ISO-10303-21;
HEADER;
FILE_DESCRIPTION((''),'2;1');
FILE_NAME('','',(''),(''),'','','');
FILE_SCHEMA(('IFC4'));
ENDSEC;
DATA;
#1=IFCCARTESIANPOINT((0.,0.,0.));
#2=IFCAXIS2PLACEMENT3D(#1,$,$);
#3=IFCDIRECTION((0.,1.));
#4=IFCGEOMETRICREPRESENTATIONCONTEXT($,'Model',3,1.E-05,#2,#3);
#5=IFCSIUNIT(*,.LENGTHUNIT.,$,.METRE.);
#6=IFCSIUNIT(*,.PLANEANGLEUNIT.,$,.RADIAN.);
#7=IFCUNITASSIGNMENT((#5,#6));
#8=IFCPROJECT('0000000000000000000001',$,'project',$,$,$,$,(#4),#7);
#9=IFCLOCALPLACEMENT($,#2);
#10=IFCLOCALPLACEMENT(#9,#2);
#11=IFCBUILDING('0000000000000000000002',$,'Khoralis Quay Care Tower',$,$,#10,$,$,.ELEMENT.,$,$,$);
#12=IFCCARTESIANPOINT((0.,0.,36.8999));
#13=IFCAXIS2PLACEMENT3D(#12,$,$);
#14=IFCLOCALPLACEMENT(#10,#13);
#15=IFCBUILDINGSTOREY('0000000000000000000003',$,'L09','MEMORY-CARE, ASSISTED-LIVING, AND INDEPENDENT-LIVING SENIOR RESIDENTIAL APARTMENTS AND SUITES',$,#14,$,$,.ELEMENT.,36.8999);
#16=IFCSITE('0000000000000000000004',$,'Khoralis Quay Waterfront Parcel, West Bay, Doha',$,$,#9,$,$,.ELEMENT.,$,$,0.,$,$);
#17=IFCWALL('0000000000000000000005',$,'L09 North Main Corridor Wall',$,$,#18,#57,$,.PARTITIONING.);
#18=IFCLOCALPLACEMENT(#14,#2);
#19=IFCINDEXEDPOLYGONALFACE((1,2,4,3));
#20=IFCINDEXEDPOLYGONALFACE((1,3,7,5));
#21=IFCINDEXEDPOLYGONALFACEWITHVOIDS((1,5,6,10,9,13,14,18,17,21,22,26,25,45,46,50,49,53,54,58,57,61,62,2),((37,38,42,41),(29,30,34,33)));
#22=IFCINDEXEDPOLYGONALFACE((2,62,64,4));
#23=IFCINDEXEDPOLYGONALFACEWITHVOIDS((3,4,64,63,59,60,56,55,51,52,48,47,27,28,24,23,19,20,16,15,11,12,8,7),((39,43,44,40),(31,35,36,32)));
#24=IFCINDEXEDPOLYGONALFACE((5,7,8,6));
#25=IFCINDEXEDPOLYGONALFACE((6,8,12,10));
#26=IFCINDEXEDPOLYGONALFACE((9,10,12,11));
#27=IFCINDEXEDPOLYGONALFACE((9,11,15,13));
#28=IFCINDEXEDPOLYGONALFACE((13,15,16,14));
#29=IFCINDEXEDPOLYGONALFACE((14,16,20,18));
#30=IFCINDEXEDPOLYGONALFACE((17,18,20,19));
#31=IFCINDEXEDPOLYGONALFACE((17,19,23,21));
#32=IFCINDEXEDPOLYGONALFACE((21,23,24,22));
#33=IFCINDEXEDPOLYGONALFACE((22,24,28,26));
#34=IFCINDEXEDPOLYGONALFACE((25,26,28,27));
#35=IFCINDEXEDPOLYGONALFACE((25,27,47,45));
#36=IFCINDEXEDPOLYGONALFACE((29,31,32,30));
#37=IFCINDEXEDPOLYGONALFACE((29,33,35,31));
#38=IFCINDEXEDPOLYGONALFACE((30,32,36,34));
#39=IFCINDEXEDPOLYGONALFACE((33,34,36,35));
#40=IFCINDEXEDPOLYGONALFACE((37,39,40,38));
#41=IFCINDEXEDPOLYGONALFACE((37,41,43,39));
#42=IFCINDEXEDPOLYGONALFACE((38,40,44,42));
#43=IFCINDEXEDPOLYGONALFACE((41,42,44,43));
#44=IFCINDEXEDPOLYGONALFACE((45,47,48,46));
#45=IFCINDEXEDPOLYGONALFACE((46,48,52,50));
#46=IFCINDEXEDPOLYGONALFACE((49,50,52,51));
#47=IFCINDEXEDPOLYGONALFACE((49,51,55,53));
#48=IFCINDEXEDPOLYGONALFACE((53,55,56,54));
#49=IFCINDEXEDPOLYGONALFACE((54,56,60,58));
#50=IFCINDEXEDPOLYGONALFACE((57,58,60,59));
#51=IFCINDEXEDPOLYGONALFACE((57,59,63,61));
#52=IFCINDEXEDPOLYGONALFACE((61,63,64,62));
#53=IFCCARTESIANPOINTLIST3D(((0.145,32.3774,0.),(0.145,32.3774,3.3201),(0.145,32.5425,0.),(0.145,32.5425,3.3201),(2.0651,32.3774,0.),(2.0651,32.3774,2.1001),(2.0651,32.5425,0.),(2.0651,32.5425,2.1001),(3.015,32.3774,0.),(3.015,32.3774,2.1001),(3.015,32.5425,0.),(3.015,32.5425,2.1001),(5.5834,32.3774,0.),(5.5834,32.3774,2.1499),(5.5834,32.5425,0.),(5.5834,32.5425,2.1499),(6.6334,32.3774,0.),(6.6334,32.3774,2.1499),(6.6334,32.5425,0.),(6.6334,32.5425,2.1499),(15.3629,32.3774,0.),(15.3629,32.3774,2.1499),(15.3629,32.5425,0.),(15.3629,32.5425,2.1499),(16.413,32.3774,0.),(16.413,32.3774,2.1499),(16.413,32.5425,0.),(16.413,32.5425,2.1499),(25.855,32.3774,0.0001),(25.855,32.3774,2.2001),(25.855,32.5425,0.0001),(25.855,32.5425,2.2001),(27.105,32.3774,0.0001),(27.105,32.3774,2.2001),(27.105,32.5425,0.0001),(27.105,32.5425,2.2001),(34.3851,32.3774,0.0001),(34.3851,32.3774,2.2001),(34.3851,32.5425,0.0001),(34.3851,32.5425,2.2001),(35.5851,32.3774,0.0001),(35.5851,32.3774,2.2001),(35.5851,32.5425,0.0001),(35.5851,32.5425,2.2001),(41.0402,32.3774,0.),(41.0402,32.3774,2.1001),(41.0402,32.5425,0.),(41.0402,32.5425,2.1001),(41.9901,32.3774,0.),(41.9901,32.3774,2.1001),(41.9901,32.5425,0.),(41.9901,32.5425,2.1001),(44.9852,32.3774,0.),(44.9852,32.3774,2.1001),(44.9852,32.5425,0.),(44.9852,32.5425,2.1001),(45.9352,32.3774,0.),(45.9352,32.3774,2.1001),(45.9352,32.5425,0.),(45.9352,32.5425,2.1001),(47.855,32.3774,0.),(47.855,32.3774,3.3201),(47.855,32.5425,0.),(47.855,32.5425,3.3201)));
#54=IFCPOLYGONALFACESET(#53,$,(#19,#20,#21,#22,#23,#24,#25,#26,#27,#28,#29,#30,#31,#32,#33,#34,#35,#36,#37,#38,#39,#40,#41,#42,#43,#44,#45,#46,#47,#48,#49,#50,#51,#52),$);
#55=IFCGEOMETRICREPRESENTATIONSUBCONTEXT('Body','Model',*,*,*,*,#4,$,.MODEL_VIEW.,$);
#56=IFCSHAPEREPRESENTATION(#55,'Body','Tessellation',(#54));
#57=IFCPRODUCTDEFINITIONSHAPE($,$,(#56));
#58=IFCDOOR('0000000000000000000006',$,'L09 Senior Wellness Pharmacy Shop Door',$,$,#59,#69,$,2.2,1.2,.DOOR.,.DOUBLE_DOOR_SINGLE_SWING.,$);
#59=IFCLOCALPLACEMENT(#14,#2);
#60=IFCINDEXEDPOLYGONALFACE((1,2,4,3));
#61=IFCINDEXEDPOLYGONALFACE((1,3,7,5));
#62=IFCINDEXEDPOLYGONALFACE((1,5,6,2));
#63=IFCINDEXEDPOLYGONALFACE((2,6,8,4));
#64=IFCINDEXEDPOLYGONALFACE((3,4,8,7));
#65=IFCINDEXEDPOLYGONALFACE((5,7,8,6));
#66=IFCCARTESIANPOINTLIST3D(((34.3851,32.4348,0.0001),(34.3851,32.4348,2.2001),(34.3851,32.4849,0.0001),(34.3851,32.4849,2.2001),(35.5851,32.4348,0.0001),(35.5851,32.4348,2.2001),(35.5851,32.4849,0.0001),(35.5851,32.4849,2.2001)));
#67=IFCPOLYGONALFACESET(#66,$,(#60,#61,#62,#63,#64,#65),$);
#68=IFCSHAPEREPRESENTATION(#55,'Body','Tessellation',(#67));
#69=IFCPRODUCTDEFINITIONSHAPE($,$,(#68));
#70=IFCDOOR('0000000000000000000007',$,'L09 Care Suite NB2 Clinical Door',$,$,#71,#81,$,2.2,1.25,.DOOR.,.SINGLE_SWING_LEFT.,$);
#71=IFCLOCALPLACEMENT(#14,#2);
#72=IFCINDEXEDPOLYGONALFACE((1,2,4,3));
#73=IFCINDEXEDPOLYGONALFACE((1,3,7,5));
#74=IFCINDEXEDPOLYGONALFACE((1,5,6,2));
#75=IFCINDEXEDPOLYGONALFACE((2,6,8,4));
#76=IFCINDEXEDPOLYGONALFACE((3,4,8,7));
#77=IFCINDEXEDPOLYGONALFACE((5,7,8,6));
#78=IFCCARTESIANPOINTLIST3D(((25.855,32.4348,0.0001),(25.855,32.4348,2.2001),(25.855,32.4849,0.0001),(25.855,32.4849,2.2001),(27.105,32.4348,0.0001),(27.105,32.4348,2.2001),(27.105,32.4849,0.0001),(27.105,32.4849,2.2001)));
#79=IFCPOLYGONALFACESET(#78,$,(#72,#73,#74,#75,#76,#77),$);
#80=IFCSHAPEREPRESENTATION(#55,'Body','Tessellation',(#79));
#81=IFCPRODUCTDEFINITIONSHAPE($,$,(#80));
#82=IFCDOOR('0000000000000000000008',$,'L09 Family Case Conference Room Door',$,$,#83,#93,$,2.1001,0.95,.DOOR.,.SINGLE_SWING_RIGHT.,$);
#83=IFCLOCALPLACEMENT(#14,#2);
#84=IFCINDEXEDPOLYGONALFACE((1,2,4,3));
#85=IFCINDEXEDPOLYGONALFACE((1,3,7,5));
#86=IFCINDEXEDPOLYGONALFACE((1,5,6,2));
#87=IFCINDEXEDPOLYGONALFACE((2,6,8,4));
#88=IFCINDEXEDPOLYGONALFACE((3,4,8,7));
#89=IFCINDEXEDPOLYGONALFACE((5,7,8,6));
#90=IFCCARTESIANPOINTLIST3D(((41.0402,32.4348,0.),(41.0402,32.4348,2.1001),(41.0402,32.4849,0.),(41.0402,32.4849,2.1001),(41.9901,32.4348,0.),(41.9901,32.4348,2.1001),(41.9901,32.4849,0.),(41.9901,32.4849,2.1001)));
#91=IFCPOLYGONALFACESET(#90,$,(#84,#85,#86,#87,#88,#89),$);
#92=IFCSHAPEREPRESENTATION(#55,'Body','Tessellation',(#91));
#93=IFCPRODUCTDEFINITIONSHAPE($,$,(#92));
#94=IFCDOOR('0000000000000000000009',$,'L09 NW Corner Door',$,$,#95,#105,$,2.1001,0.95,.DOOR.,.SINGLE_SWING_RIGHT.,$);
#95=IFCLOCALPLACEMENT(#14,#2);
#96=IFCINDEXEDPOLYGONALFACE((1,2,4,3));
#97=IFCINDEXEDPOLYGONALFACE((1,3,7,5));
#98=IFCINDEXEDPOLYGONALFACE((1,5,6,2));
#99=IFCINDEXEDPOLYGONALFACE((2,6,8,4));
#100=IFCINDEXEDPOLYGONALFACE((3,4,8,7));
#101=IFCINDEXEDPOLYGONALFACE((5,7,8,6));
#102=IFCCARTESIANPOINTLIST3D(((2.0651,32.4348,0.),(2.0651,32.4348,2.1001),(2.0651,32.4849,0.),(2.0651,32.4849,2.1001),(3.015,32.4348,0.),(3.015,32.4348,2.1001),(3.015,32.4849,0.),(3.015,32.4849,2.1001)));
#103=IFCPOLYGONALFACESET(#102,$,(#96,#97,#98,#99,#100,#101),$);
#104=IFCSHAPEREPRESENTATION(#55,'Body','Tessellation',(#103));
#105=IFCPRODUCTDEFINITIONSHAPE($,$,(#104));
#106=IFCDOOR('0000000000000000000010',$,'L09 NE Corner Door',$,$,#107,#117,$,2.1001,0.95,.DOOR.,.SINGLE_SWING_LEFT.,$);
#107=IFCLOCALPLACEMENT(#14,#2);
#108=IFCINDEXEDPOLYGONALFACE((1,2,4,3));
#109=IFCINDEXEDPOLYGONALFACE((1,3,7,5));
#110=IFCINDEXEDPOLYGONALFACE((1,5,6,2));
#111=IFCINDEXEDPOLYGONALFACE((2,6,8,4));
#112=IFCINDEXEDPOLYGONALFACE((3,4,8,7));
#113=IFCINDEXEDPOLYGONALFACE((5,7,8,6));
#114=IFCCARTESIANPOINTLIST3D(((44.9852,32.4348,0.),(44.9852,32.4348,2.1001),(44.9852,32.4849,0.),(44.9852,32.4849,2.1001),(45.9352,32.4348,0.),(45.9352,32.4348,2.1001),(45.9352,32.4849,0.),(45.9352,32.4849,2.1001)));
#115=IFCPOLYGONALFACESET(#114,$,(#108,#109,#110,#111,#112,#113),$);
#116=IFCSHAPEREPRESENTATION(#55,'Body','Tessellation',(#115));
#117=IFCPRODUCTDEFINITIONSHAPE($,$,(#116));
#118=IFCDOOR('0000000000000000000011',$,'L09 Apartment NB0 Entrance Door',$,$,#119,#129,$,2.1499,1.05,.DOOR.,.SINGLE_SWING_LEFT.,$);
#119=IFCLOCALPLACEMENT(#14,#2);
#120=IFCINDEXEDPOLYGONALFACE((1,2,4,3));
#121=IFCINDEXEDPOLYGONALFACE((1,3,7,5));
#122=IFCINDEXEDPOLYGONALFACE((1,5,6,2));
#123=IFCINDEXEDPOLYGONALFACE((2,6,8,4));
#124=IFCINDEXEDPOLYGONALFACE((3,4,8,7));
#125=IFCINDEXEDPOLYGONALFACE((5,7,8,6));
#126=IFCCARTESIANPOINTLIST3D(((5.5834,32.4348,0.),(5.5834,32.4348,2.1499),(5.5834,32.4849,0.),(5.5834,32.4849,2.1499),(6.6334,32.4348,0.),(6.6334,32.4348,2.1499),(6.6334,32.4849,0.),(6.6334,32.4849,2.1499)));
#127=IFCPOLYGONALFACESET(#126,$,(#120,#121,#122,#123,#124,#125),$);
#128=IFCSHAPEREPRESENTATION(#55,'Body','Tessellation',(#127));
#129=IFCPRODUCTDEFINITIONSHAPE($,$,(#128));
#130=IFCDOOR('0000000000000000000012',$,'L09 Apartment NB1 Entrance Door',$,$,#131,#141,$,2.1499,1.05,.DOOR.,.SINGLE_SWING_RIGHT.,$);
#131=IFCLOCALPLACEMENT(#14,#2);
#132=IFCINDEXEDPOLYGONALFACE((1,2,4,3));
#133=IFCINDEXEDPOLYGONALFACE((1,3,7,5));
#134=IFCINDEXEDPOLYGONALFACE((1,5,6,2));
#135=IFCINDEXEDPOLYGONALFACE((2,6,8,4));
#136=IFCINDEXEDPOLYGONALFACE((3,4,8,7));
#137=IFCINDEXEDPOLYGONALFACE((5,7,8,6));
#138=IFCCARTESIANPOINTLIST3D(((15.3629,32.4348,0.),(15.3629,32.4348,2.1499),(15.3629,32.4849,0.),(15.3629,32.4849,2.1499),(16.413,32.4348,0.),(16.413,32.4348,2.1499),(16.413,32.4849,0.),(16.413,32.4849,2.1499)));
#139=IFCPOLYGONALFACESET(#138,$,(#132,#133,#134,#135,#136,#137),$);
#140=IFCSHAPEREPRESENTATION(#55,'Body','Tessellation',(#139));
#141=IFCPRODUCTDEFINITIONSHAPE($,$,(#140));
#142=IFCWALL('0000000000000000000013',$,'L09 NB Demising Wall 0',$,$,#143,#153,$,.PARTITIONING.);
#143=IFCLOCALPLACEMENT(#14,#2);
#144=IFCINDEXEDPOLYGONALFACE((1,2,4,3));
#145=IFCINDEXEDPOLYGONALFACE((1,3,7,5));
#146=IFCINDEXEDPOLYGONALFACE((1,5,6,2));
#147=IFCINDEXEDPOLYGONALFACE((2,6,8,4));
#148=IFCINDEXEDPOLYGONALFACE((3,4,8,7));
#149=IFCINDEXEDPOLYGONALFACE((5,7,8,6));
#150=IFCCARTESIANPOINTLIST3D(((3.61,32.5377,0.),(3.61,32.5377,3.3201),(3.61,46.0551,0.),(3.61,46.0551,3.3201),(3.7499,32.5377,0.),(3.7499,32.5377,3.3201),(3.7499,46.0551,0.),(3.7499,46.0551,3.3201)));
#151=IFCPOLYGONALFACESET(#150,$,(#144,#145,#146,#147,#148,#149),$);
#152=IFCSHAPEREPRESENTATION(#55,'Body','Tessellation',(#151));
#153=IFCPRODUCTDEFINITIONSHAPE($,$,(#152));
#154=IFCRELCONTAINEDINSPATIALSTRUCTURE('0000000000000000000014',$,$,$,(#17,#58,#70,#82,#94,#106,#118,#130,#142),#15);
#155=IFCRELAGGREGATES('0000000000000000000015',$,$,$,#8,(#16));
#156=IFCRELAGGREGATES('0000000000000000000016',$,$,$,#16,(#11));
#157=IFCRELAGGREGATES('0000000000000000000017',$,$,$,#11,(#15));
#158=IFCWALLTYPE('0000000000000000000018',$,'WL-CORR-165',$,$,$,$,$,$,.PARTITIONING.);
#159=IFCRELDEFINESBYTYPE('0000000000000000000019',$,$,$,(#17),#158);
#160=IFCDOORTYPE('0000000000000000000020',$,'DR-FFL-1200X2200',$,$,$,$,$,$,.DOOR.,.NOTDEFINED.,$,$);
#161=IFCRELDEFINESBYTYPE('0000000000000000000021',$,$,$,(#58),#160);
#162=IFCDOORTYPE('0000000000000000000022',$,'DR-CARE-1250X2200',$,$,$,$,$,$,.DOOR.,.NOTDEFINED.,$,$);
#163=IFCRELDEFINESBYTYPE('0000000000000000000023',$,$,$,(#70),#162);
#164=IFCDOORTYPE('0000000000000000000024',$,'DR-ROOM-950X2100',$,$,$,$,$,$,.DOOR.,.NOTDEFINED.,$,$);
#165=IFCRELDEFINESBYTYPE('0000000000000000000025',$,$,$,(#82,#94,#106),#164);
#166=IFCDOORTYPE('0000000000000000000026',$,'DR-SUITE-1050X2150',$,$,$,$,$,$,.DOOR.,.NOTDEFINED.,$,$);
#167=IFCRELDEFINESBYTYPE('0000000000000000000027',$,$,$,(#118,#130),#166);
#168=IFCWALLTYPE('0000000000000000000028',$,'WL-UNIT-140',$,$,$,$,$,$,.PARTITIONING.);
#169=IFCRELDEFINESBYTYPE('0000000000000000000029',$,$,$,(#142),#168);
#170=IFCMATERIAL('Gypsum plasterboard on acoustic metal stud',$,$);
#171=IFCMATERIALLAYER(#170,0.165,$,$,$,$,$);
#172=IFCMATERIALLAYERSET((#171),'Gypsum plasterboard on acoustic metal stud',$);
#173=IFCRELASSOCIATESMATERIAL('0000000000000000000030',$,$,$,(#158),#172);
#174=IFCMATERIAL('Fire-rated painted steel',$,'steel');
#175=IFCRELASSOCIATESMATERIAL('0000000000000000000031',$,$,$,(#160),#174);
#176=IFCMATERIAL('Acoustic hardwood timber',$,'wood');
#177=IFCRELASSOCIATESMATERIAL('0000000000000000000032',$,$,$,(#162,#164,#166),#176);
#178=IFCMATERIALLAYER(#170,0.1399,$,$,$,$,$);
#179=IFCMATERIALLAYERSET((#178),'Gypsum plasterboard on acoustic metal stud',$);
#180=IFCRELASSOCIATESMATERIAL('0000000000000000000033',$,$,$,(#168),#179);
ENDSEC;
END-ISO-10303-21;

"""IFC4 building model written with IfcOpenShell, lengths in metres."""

from ifc_helpers import new_model, si_unit, direction, frame, frame_2d, origin, place, context, subcontext, project, spatial, rectangle, extrude, source, transform, mapped, material, layer, layer_set, type_object, element, fill, save


model = new_model("IFC4")

# Units and contexts
model_context = context("Model", 3, precision=1e-05, world=origin(), true_north=direction((0.0, 1.0)))
body_context = subcontext(model_context, "Body", "Model", "MODEL_VIEW")
ifc_project = project(units=[si_unit("LENGTHUNIT", "METRE"), si_unit("PLANEANGLEUNIT", "RADIAN")], contexts=[model_context])

# Site, building, storey
site_placement = place(None, origin())
site = spatial("IfcSite", under=ifc_project, at=site_placement, Name="Khoralis Quay Waterfront Parcel, West Bay, Doha", CompositionType="ELEMENT", RefElevation=0.0)
building_placement = place(site_placement, origin())
building = spatial("IfcBuilding", under=site, at=building_placement, Name="Khoralis Quay Care Tower", CompositionType="ELEMENT")
storey_placement = place(building_placement, frame((0.0, 0.0, 36.8999)))
storey = spatial("IfcBuildingStorey", under=building, at=storey_placement, Name="L09", Description="MEMORY-CARE, ASSISTED-LIVING, AND INDEPENDENT-LIVING SENIOR RESIDENTIAL APARTMENTS AND SUITES", CompositionType="ELEMENT", Elevation=36.8999)

# Wall, openings, doors
ifc_material_1 = material(Name="Gypsum plasterboard on acoustic metal stud")
ifc_layer_1 = layer(ifc_material_1, 0.165)
ifc_layer_set_1 = layer_set([ifc_layer_1], Name="Gypsum plasterboard on acoustic metal stud")
wall_type_1 = type_object("IfcWallType", Name="WL-CORR-165", PredefinedType="PARTITIONING", material=ifc_layer_set_1)
wall_1_placement = place(storey_placement, frame((0.145, 32.46, 0.0), z_axis=(0.0, 0.0, 1.0), x_axis=(1.0, 0.0, 0.0)))
wall_1 = element("IfcWall", 1, at=wall_1_placement, inside=storey, type_object=wall_type_1, Name="L09 North Main Corridor Wall", PredefinedType="PARTITIONING", context=body_context, shape_type="SweptSolid", body=[
    extrude(rectangle(XDim=47.71, YDim=0.165, at=frame_2d((23.855, 0.0))), origin(), (0.0, 0.0, 1.0), 3.3201),
])
opening_1_placement = place(wall_1_placement, frame((5.4385, 0.0, 0.0)))
opening_1 = element("IfcOpeningElement", 2, at=opening_1_placement, cuts=wall_1, PredefinedType="OPENING", context=body_context, shape_type="SweptSolid", body=[
    extrude(rectangle(XDim=1.05, YDim=2.1499, at=frame_2d((0.5249, 1.075))), frame((0.0, 0.0925, 0.0), z_axis=(0.0, -1.0, 0.0), x_axis=(1.0, 0.0, 0.0)), (0.0, 0.0, 1.0), 0.1851),
])
opening_2_placement = place(wall_1_placement, frame((15.218, 0.0, 0.0)))
opening_2 = element("IfcOpeningElement", 3, at=opening_2_placement, cuts=wall_1, PredefinedType="OPENING", context=body_context, shape_type="SweptSolid", body=[
    extrude(rectangle(XDim=1.05, YDim=2.1499, at=frame_2d((0.5249, 1.075))), frame((0.0, 0.0925, 0.0), z_axis=(0.0, -1.0, 0.0), x_axis=(1.0, 0.0, 0.0)), (0.0, 0.0, 1.0), 0.1851),
])
opening_3_placement = place(wall_1_placement, frame((25.71, 0.0, 0.0)))
opening_3 = element("IfcOpeningElement", 4, at=opening_3_placement, cuts=wall_1, PredefinedType="OPENING", context=body_context, shape_type="SweptSolid", body=[
    extrude(rectangle(XDim=1.25, YDim=2.2, at=frame_2d((0.625, 1.1001))), frame((0.0, 0.0925, 0.0), z_axis=(0.0, -1.0, 0.0), x_axis=(1.0, 0.0, 0.0)), (0.0, 0.0, 1.0), 0.1851),
])
opening_4_placement = place(wall_1_placement, frame((34.24, 0.0, 0.0)))
opening_4 = element("IfcOpeningElement", 5, at=opening_4_placement, cuts=wall_1, PredefinedType="OPENING", context=body_context, shape_type="SweptSolid", body=[
    extrude(rectangle(XDim=1.2, YDim=2.2, at=frame_2d((0.6001, 1.1001))), frame((0.0, 0.0925, 0.0), z_axis=(0.0, -1.0, 0.0), x_axis=(1.0, 0.0, 0.0)), (0.0, 0.0, 1.0), 0.1851),
])
opening_5_placement = place(wall_1_placement, frame((40.895, 0.0, 0.0)))
opening_5 = element("IfcOpeningElement", 6, at=opening_5_placement, cuts=wall_1, PredefinedType="OPENING", context=body_context, shape_type="SweptSolid", body=[
    extrude(rectangle(XDim=0.95, YDim=2.1001, at=frame_2d((0.4751, 1.05))), frame((0.0, 0.0925, 0.0), z_axis=(0.0, -1.0, 0.0), x_axis=(1.0, 0.0, 0.0)), (0.0, 0.0, 1.0), 0.1851),
])
opening_6_placement = place(wall_1_placement, frame((1.9199, 0.0, 0.0)))
opening_6 = element("IfcOpeningElement", 7, at=opening_6_placement, cuts=wall_1, PredefinedType="OPENING", context=body_context, shape_type="SweptSolid", body=[
    extrude(rectangle(XDim=0.95, YDim=2.1001, at=frame_2d((0.4751, 1.05))), frame((0.0, 0.0925, 0.0), z_axis=(0.0, -1.0, 0.0), x_axis=(1.0, 0.0, 0.0)), (0.0, 0.0, 1.0), 0.1851),
])
opening_7_placement = place(wall_1_placement, frame((44.8401, 0.0, 0.0)))
opening_7 = element("IfcOpeningElement", 8, at=opening_7_placement, cuts=wall_1, PredefinedType="OPENING", context=body_context, shape_type="SweptSolid", body=[
    extrude(rectangle(XDim=0.95, YDim=2.1001, at=frame_2d((0.4751, 1.05))), frame((0.0, 0.0925, 0.0), z_axis=(0.0, -1.0, 0.0), x_axis=(1.0, 0.0, 0.0)), (0.0, 0.0, 1.0), 0.1851),
])
ifc_material_2 = material(Name="Fire-rated painted steel", Category="steel")
door_type_1 = type_object("IfcDoorType", Name="DR-FFL-1200X2200", OperationType="NOTDEFINED", PredefinedType="DOOR", material=ifc_material_2)
shared_shape_1 = source(origin(), body_context, "Body", "SweptSolid", [
    extrude(rectangle(XDim=1.2, YDim=2.2, at=frame_2d((0.6001, 1.1001))), frame((0.0, 0.0249, 0.0), z_axis=(0.0, -1.0, 0.0), x_axis=(1.0, 0.0, 0.0)), (0.0, 0.0, 1.0), 0.05),
])
door_1_placement = place(opening_4_placement, origin())
door_1 = element("IfcDoor", 9, at=door_1_placement, inside=storey, type_object=door_type_1, Name="L09 Senior Wellness Pharmacy Shop Door", OperationType="DOUBLE_DOOR_SINGLE_SWING", OverallHeight=2.2, OverallWidth=1.2, PredefinedType="DOOR", context=body_context, shape_type="MappedRepresentation", body=[
    mapped(shared_shape_1, transform((0.0, 0.0, 0.0), scale=1.0)),
])
fill(opening_4, door_1)
ifc_material_3 = material(Name="Acoustic hardwood timber", Category="wood")
door_type_2 = type_object("IfcDoorType", Name="DR-CARE-1250X2200", OperationType="NOTDEFINED", PredefinedType="DOOR", material=ifc_material_3)
shared_shape_2 = source(origin(), body_context, "Body", "SweptSolid", [
    extrude(rectangle(XDim=1.25, YDim=2.2, at=frame_2d((0.625, 1.1001))), frame((0.0, 0.0249, 0.0), z_axis=(0.0, -1.0, 0.0), x_axis=(1.0, 0.0, 0.0)), (0.0, 0.0, 1.0), 0.05),
])
door_2_placement = place(opening_3_placement, origin())
door_2 = element("IfcDoor", 10, at=door_2_placement, inside=storey, type_object=door_type_2, Name="L09 Care Suite NB2 Clinical Door", OperationType="SINGLE_SWING_LEFT", OverallHeight=2.2, OverallWidth=1.25, PredefinedType="DOOR", context=body_context, shape_type="MappedRepresentation", body=[
    mapped(shared_shape_2, transform((0.0, 0.0, 0.0), scale=1.0)),
])
fill(opening_3, door_2)
door_type_3 = type_object("IfcDoorType", Name="DR-ROOM-950X2100", OperationType="NOTDEFINED", PredefinedType="DOOR", material=ifc_material_3)
shared_shape_3 = source(origin(), body_context, "Body", "SweptSolid", [
    extrude(rectangle(XDim=0.95, YDim=2.1001, at=frame_2d((0.4751, 1.05))), frame((0.0, 0.0249, 0.0), z_axis=(0.0, -1.0, 0.0), x_axis=(1.0, 0.0, 0.0)), (0.0, 0.0, 1.0), 0.05),
])
door_3_placement = place(opening_5_placement, origin())
door_3 = element("IfcDoor", 11, at=door_3_placement, inside=storey, type_object=door_type_3, Name="L09 Family Case Conference Room Door", OperationType="SINGLE_SWING_RIGHT", OverallHeight=2.1001, OverallWidth=0.95, PredefinedType="DOOR", context=body_context, shape_type="MappedRepresentation", body=[
    mapped(shared_shape_3, transform((0.0, 0.0, 0.0), scale=1.0)),
])
fill(opening_5, door_3)
door_4_placement = place(opening_6_placement, origin())
door_4 = element("IfcDoor", 12, at=door_4_placement, inside=storey, type_object=door_type_3, Name="L09 NW Corner Door", OperationType="SINGLE_SWING_RIGHT", OverallHeight=2.1001, OverallWidth=0.95, PredefinedType="DOOR", context=body_context, shape_type="MappedRepresentation", body=[
    mapped(shared_shape_3, transform((0.0, 0.0, 0.0), scale=1.0)),
])
fill(opening_6, door_4)
door_5_placement = place(opening_7_placement, origin())
door_5 = element("IfcDoor", 13, at=door_5_placement, inside=storey, type_object=door_type_3, Name="L09 NE Corner Door", OperationType="SINGLE_SWING_LEFT", OverallHeight=2.1001, OverallWidth=0.95, PredefinedType="DOOR", context=body_context, shape_type="MappedRepresentation", body=[
    mapped(shared_shape_3, transform((0.0, 0.0, 0.0), scale=1.0)),
])
fill(opening_7, door_5)
door_type_4 = type_object("IfcDoorType", Name="DR-SUITE-1050X2150", OperationType="NOTDEFINED", PredefinedType="DOOR", material=ifc_material_3)
shared_shape_4 = source(origin(), body_context, "Body", "SweptSolid", [
    extrude(rectangle(XDim=1.05, YDim=2.1499, at=frame_2d((0.5249, 1.075))), frame((0.0, 0.0249, 0.0), z_axis=(0.0, -1.0, 0.0), x_axis=(1.0, 0.0, 0.0)), (0.0, 0.0, 1.0), 0.05),
])
door_6_placement = place(opening_1_placement, origin())
door_6 = element("IfcDoor", 14, at=door_6_placement, inside=storey, type_object=door_type_4, Name="L09 Apartment NB0 Entrance Door", OperationType="SINGLE_SWING_LEFT", OverallHeight=2.1499, OverallWidth=1.05, PredefinedType="DOOR", context=body_context, shape_type="MappedRepresentation", body=[
    mapped(shared_shape_4, transform((0.0, 0.0, 0.0), scale=1.0)),
])
fill(opening_1, door_6)
door_7_placement = place(opening_2_placement, origin())
door_7 = element("IfcDoor", 15, at=door_7_placement, inside=storey, type_object=door_type_4, Name="L09 Apartment NB1 Entrance Door", OperationType="SINGLE_SWING_RIGHT", OverallHeight=2.1499, OverallWidth=1.05, PredefinedType="DOOR", context=body_context, shape_type="MappedRepresentation", body=[
    mapped(shared_shape_4, transform((0.0, 0.0, 0.0), scale=1.0)),
])
fill(opening_2, door_7)

# Wall
ifc_layer_2 = layer(ifc_material_1, 0.1399)
ifc_layer_set_2 = layer_set([ifc_layer_2], Name="Gypsum plasterboard on acoustic metal stud")
wall_type_2 = type_object("IfcWallType", Name="WL-UNIT-140", PredefinedType="PARTITIONING", material=ifc_layer_set_2)
wall_2_placement = place(storey_placement, frame((3.6799, 32.5376, 0.0), z_axis=(0.0, 0.0, 1.0), x_axis=(0.0, 1.0, 0.0)))
element("IfcWall", 16, at=wall_2_placement, inside=storey, type_object=wall_type_2, Name="L09 NB Demising Wall 0", PredefinedType="PARTITIONING", context=body_context, shape_type="SweptSolid", body=[
    extrude(rectangle(XDim=13.5173, YDim=0.1399, at=frame_2d((6.7588, 0.0))), origin(), (0.0, 0.0, 1.0), 3.3201),
])

save(model, "model.ifc")
